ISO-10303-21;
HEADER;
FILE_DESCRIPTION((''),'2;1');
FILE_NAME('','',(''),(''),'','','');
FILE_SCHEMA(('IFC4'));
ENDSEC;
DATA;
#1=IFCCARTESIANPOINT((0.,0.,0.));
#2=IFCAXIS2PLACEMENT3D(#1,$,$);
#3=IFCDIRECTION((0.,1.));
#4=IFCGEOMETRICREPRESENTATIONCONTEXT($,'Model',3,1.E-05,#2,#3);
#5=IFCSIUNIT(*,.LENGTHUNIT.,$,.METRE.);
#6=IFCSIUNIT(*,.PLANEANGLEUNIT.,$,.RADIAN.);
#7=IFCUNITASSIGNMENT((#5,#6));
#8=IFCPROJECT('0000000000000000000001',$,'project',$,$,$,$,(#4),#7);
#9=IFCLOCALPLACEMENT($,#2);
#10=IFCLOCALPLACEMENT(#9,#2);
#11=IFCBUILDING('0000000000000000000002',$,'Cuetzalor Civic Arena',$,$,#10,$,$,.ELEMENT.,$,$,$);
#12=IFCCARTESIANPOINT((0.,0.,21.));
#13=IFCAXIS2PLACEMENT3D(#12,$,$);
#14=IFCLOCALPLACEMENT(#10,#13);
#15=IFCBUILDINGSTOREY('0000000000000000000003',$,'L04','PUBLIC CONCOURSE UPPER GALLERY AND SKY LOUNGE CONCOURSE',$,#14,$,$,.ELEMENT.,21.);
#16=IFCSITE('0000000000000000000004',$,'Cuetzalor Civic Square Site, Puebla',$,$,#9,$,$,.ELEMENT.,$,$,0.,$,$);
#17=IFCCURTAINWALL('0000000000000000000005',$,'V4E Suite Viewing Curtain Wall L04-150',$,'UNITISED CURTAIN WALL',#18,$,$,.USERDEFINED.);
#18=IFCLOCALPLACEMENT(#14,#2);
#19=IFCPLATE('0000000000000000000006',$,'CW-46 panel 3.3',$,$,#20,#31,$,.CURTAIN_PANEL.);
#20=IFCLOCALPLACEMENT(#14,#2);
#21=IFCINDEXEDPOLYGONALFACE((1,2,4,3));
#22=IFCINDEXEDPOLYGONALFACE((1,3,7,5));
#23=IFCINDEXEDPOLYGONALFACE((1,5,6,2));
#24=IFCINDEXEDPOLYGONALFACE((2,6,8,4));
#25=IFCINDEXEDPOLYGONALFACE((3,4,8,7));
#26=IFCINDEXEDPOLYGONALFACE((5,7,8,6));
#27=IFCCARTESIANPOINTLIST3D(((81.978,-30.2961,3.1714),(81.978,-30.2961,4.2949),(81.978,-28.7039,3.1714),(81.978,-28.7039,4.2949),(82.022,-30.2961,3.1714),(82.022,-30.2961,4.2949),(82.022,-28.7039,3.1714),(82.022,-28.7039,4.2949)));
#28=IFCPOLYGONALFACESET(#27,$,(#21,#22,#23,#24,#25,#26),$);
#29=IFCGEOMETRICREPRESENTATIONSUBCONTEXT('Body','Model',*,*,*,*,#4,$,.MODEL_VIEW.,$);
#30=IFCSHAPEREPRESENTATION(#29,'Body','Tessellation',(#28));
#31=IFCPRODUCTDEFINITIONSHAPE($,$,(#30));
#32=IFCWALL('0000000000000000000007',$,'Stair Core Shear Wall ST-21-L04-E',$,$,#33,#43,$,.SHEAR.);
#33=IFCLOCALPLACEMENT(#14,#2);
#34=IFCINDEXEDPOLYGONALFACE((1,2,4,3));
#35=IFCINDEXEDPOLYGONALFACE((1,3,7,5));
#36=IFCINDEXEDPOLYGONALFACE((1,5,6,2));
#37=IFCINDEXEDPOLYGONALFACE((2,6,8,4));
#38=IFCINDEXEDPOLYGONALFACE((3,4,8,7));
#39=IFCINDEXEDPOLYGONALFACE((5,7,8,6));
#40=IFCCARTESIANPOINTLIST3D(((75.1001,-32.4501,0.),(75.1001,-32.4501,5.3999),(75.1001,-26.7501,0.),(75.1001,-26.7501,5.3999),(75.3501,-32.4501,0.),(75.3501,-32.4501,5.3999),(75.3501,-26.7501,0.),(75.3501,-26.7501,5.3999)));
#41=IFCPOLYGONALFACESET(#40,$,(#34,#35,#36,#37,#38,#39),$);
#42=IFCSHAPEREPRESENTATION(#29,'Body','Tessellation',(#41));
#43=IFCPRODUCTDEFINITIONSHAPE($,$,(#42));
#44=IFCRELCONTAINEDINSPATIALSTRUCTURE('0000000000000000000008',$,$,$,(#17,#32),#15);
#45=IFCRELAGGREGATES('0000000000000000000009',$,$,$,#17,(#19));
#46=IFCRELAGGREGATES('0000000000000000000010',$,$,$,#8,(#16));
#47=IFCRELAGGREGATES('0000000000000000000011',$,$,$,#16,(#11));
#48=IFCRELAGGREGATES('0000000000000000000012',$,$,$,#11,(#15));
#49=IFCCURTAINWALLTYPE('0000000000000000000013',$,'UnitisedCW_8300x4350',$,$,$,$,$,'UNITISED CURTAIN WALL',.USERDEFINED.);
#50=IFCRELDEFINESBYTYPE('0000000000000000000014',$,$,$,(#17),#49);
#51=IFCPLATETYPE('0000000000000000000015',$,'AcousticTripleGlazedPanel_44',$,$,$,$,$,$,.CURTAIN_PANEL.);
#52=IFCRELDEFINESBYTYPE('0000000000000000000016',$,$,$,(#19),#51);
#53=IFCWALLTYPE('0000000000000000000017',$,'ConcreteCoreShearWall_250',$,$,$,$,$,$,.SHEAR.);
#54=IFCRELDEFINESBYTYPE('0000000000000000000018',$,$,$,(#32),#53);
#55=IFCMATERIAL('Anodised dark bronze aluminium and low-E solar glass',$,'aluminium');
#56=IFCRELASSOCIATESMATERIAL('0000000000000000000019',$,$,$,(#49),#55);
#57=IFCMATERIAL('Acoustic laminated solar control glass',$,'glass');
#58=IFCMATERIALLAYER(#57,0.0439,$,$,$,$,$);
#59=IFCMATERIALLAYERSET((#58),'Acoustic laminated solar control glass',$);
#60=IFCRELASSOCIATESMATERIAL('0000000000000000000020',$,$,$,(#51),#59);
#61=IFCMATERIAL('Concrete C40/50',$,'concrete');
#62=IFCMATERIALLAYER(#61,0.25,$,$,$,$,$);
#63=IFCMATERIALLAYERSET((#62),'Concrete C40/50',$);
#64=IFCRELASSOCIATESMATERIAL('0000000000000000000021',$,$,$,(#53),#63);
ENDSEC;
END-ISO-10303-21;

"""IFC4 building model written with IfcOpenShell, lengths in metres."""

from ifc_helpers import new_model, si_unit, direction, frame, frame_2d, origin, origin_2d, place, context, subcontext, project, spatial, rectangle, extrude, material, layer, layer_set, type_object, element, aggregate, save


model = new_model("IFC4")

# Units and contexts
model_context = context("Model", 3, precision=1e-05, world=origin(), true_north=direction((0.0, 1.0)))
body_context = subcontext(model_context, "Body", "Model", "MODEL_VIEW")
ifc_project = project(units=[si_unit("LENGTHUNIT", "METRE"), si_unit("PLANEANGLEUNIT", "RADIAN")], contexts=[model_context])

# Site, building, storey
site_placement = place(None, origin())
site = spatial("IfcSite", under=ifc_project, at=site_placement, Name="Cuetzalor Civic Square Site, Puebla", CompositionType="ELEMENT", RefElevation=0.0)
building_placement = place(site_placement, origin())
building = spatial("IfcBuilding", under=site, at=building_placement, Name="Cuetzalor Civic Arena", CompositionType="ELEMENT")
storey_placement = place(building_placement, frame((0.0, 0.0, 21.0)))
storey = spatial("IfcBuildingStorey", under=building, at=storey_placement, Name="L04", Description="PUBLIC CONCOURSE UPPER GALLERY AND SKY LOUNGE CONCOURSE", CompositionType="ELEMENT", Elevation=21.0)

# Curtain wall
ifc_material_1 = material(Name="Anodised dark bronze aluminium and low-E solar glass", Category="aluminium")
curtain_wall_type = type_object("IfcCurtainWallType", Name="UnitisedCW_8300x4350", ElementType="UNITISED CURTAIN WALL", PredefinedType="USERDEFINED", material=ifc_material_1)
curtain_wall_placement = place(storey_placement, origin())
curtain_wall = element("IfcCurtainWall", 1, at=curtain_wall_placement, inside=storey, type_object=curtain_wall_type, Name="V4E Suite Viewing Curtain Wall L04-150", ObjectType="UNITISED CURTAIN WALL", PredefinedType="USERDEFINED")

# Plate
ifc_material_2 = material(Name="Acoustic laminated solar control glass", Category="glass")
ifc_layer_1 = layer(ifc_material_2, 0.0439)
ifc_layer_set_1 = layer_set([ifc_layer_1], Name="Acoustic laminated solar control glass")
plate_type = type_object("IfcPlateType", Name="AcousticTripleGlazedPanel_44", PredefinedType="CURTAIN_PANEL", material=ifc_layer_set_1)
plate_1_placement = place(storey_placement, frame((82.0, -29.5, 3.1714), z_axis=(0.0, 0.0, 1.0), x_axis=(0.0, -1.0, 0.0)))
plate_1 = element("IfcPlate", 2, at=plate_1_placement, type_object=plate_type, Name="CW-46 panel 3.3", PredefinedType="CURTAIN_PANEL", context=body_context, shape_type="SweptSolid", body=[
    extrude(rectangle(XDim=1.5923, YDim=0.0439, at=origin_2d()), origin(), (0.0, 0.0, 1.0), 1.1235),
])
aggregate(curtain_wall, [plate_1])

# Wall
ifc_material_3 = material(Name="Concrete C40/50", Category="concrete")
ifc_layer_2 = layer(ifc_material_3, 0.25)
ifc_layer_set_2 = layer_set([ifc_layer_2], Name="Concrete C40/50")
wall_type = type_object("IfcWallType", Name="ConcreteCoreShearWall_250", PredefinedType="SHEAR", material=ifc_layer_set_2)
wall_placement = place(storey_placement, frame((75.2251, -26.75, 0.0), z_axis=(0.0, 0.0, 1.0), x_axis=(0.0, -1.0, 0.0)))
element("IfcWall", 3, at=wall_placement, inside=storey, type_object=wall_type, Name="Stair Core Shear Wall ST-21-L04-E", PredefinedType="SHEAR", context=body_context, shape_type="SweptSolid", body=[
    extrude(rectangle(XDim=5.7, YDim=0.25, at=frame_2d((2.8501, 0.0))), origin(), (0.0, 0.0, 1.0), 5.3999),
])

save(model, "model.ifc")
